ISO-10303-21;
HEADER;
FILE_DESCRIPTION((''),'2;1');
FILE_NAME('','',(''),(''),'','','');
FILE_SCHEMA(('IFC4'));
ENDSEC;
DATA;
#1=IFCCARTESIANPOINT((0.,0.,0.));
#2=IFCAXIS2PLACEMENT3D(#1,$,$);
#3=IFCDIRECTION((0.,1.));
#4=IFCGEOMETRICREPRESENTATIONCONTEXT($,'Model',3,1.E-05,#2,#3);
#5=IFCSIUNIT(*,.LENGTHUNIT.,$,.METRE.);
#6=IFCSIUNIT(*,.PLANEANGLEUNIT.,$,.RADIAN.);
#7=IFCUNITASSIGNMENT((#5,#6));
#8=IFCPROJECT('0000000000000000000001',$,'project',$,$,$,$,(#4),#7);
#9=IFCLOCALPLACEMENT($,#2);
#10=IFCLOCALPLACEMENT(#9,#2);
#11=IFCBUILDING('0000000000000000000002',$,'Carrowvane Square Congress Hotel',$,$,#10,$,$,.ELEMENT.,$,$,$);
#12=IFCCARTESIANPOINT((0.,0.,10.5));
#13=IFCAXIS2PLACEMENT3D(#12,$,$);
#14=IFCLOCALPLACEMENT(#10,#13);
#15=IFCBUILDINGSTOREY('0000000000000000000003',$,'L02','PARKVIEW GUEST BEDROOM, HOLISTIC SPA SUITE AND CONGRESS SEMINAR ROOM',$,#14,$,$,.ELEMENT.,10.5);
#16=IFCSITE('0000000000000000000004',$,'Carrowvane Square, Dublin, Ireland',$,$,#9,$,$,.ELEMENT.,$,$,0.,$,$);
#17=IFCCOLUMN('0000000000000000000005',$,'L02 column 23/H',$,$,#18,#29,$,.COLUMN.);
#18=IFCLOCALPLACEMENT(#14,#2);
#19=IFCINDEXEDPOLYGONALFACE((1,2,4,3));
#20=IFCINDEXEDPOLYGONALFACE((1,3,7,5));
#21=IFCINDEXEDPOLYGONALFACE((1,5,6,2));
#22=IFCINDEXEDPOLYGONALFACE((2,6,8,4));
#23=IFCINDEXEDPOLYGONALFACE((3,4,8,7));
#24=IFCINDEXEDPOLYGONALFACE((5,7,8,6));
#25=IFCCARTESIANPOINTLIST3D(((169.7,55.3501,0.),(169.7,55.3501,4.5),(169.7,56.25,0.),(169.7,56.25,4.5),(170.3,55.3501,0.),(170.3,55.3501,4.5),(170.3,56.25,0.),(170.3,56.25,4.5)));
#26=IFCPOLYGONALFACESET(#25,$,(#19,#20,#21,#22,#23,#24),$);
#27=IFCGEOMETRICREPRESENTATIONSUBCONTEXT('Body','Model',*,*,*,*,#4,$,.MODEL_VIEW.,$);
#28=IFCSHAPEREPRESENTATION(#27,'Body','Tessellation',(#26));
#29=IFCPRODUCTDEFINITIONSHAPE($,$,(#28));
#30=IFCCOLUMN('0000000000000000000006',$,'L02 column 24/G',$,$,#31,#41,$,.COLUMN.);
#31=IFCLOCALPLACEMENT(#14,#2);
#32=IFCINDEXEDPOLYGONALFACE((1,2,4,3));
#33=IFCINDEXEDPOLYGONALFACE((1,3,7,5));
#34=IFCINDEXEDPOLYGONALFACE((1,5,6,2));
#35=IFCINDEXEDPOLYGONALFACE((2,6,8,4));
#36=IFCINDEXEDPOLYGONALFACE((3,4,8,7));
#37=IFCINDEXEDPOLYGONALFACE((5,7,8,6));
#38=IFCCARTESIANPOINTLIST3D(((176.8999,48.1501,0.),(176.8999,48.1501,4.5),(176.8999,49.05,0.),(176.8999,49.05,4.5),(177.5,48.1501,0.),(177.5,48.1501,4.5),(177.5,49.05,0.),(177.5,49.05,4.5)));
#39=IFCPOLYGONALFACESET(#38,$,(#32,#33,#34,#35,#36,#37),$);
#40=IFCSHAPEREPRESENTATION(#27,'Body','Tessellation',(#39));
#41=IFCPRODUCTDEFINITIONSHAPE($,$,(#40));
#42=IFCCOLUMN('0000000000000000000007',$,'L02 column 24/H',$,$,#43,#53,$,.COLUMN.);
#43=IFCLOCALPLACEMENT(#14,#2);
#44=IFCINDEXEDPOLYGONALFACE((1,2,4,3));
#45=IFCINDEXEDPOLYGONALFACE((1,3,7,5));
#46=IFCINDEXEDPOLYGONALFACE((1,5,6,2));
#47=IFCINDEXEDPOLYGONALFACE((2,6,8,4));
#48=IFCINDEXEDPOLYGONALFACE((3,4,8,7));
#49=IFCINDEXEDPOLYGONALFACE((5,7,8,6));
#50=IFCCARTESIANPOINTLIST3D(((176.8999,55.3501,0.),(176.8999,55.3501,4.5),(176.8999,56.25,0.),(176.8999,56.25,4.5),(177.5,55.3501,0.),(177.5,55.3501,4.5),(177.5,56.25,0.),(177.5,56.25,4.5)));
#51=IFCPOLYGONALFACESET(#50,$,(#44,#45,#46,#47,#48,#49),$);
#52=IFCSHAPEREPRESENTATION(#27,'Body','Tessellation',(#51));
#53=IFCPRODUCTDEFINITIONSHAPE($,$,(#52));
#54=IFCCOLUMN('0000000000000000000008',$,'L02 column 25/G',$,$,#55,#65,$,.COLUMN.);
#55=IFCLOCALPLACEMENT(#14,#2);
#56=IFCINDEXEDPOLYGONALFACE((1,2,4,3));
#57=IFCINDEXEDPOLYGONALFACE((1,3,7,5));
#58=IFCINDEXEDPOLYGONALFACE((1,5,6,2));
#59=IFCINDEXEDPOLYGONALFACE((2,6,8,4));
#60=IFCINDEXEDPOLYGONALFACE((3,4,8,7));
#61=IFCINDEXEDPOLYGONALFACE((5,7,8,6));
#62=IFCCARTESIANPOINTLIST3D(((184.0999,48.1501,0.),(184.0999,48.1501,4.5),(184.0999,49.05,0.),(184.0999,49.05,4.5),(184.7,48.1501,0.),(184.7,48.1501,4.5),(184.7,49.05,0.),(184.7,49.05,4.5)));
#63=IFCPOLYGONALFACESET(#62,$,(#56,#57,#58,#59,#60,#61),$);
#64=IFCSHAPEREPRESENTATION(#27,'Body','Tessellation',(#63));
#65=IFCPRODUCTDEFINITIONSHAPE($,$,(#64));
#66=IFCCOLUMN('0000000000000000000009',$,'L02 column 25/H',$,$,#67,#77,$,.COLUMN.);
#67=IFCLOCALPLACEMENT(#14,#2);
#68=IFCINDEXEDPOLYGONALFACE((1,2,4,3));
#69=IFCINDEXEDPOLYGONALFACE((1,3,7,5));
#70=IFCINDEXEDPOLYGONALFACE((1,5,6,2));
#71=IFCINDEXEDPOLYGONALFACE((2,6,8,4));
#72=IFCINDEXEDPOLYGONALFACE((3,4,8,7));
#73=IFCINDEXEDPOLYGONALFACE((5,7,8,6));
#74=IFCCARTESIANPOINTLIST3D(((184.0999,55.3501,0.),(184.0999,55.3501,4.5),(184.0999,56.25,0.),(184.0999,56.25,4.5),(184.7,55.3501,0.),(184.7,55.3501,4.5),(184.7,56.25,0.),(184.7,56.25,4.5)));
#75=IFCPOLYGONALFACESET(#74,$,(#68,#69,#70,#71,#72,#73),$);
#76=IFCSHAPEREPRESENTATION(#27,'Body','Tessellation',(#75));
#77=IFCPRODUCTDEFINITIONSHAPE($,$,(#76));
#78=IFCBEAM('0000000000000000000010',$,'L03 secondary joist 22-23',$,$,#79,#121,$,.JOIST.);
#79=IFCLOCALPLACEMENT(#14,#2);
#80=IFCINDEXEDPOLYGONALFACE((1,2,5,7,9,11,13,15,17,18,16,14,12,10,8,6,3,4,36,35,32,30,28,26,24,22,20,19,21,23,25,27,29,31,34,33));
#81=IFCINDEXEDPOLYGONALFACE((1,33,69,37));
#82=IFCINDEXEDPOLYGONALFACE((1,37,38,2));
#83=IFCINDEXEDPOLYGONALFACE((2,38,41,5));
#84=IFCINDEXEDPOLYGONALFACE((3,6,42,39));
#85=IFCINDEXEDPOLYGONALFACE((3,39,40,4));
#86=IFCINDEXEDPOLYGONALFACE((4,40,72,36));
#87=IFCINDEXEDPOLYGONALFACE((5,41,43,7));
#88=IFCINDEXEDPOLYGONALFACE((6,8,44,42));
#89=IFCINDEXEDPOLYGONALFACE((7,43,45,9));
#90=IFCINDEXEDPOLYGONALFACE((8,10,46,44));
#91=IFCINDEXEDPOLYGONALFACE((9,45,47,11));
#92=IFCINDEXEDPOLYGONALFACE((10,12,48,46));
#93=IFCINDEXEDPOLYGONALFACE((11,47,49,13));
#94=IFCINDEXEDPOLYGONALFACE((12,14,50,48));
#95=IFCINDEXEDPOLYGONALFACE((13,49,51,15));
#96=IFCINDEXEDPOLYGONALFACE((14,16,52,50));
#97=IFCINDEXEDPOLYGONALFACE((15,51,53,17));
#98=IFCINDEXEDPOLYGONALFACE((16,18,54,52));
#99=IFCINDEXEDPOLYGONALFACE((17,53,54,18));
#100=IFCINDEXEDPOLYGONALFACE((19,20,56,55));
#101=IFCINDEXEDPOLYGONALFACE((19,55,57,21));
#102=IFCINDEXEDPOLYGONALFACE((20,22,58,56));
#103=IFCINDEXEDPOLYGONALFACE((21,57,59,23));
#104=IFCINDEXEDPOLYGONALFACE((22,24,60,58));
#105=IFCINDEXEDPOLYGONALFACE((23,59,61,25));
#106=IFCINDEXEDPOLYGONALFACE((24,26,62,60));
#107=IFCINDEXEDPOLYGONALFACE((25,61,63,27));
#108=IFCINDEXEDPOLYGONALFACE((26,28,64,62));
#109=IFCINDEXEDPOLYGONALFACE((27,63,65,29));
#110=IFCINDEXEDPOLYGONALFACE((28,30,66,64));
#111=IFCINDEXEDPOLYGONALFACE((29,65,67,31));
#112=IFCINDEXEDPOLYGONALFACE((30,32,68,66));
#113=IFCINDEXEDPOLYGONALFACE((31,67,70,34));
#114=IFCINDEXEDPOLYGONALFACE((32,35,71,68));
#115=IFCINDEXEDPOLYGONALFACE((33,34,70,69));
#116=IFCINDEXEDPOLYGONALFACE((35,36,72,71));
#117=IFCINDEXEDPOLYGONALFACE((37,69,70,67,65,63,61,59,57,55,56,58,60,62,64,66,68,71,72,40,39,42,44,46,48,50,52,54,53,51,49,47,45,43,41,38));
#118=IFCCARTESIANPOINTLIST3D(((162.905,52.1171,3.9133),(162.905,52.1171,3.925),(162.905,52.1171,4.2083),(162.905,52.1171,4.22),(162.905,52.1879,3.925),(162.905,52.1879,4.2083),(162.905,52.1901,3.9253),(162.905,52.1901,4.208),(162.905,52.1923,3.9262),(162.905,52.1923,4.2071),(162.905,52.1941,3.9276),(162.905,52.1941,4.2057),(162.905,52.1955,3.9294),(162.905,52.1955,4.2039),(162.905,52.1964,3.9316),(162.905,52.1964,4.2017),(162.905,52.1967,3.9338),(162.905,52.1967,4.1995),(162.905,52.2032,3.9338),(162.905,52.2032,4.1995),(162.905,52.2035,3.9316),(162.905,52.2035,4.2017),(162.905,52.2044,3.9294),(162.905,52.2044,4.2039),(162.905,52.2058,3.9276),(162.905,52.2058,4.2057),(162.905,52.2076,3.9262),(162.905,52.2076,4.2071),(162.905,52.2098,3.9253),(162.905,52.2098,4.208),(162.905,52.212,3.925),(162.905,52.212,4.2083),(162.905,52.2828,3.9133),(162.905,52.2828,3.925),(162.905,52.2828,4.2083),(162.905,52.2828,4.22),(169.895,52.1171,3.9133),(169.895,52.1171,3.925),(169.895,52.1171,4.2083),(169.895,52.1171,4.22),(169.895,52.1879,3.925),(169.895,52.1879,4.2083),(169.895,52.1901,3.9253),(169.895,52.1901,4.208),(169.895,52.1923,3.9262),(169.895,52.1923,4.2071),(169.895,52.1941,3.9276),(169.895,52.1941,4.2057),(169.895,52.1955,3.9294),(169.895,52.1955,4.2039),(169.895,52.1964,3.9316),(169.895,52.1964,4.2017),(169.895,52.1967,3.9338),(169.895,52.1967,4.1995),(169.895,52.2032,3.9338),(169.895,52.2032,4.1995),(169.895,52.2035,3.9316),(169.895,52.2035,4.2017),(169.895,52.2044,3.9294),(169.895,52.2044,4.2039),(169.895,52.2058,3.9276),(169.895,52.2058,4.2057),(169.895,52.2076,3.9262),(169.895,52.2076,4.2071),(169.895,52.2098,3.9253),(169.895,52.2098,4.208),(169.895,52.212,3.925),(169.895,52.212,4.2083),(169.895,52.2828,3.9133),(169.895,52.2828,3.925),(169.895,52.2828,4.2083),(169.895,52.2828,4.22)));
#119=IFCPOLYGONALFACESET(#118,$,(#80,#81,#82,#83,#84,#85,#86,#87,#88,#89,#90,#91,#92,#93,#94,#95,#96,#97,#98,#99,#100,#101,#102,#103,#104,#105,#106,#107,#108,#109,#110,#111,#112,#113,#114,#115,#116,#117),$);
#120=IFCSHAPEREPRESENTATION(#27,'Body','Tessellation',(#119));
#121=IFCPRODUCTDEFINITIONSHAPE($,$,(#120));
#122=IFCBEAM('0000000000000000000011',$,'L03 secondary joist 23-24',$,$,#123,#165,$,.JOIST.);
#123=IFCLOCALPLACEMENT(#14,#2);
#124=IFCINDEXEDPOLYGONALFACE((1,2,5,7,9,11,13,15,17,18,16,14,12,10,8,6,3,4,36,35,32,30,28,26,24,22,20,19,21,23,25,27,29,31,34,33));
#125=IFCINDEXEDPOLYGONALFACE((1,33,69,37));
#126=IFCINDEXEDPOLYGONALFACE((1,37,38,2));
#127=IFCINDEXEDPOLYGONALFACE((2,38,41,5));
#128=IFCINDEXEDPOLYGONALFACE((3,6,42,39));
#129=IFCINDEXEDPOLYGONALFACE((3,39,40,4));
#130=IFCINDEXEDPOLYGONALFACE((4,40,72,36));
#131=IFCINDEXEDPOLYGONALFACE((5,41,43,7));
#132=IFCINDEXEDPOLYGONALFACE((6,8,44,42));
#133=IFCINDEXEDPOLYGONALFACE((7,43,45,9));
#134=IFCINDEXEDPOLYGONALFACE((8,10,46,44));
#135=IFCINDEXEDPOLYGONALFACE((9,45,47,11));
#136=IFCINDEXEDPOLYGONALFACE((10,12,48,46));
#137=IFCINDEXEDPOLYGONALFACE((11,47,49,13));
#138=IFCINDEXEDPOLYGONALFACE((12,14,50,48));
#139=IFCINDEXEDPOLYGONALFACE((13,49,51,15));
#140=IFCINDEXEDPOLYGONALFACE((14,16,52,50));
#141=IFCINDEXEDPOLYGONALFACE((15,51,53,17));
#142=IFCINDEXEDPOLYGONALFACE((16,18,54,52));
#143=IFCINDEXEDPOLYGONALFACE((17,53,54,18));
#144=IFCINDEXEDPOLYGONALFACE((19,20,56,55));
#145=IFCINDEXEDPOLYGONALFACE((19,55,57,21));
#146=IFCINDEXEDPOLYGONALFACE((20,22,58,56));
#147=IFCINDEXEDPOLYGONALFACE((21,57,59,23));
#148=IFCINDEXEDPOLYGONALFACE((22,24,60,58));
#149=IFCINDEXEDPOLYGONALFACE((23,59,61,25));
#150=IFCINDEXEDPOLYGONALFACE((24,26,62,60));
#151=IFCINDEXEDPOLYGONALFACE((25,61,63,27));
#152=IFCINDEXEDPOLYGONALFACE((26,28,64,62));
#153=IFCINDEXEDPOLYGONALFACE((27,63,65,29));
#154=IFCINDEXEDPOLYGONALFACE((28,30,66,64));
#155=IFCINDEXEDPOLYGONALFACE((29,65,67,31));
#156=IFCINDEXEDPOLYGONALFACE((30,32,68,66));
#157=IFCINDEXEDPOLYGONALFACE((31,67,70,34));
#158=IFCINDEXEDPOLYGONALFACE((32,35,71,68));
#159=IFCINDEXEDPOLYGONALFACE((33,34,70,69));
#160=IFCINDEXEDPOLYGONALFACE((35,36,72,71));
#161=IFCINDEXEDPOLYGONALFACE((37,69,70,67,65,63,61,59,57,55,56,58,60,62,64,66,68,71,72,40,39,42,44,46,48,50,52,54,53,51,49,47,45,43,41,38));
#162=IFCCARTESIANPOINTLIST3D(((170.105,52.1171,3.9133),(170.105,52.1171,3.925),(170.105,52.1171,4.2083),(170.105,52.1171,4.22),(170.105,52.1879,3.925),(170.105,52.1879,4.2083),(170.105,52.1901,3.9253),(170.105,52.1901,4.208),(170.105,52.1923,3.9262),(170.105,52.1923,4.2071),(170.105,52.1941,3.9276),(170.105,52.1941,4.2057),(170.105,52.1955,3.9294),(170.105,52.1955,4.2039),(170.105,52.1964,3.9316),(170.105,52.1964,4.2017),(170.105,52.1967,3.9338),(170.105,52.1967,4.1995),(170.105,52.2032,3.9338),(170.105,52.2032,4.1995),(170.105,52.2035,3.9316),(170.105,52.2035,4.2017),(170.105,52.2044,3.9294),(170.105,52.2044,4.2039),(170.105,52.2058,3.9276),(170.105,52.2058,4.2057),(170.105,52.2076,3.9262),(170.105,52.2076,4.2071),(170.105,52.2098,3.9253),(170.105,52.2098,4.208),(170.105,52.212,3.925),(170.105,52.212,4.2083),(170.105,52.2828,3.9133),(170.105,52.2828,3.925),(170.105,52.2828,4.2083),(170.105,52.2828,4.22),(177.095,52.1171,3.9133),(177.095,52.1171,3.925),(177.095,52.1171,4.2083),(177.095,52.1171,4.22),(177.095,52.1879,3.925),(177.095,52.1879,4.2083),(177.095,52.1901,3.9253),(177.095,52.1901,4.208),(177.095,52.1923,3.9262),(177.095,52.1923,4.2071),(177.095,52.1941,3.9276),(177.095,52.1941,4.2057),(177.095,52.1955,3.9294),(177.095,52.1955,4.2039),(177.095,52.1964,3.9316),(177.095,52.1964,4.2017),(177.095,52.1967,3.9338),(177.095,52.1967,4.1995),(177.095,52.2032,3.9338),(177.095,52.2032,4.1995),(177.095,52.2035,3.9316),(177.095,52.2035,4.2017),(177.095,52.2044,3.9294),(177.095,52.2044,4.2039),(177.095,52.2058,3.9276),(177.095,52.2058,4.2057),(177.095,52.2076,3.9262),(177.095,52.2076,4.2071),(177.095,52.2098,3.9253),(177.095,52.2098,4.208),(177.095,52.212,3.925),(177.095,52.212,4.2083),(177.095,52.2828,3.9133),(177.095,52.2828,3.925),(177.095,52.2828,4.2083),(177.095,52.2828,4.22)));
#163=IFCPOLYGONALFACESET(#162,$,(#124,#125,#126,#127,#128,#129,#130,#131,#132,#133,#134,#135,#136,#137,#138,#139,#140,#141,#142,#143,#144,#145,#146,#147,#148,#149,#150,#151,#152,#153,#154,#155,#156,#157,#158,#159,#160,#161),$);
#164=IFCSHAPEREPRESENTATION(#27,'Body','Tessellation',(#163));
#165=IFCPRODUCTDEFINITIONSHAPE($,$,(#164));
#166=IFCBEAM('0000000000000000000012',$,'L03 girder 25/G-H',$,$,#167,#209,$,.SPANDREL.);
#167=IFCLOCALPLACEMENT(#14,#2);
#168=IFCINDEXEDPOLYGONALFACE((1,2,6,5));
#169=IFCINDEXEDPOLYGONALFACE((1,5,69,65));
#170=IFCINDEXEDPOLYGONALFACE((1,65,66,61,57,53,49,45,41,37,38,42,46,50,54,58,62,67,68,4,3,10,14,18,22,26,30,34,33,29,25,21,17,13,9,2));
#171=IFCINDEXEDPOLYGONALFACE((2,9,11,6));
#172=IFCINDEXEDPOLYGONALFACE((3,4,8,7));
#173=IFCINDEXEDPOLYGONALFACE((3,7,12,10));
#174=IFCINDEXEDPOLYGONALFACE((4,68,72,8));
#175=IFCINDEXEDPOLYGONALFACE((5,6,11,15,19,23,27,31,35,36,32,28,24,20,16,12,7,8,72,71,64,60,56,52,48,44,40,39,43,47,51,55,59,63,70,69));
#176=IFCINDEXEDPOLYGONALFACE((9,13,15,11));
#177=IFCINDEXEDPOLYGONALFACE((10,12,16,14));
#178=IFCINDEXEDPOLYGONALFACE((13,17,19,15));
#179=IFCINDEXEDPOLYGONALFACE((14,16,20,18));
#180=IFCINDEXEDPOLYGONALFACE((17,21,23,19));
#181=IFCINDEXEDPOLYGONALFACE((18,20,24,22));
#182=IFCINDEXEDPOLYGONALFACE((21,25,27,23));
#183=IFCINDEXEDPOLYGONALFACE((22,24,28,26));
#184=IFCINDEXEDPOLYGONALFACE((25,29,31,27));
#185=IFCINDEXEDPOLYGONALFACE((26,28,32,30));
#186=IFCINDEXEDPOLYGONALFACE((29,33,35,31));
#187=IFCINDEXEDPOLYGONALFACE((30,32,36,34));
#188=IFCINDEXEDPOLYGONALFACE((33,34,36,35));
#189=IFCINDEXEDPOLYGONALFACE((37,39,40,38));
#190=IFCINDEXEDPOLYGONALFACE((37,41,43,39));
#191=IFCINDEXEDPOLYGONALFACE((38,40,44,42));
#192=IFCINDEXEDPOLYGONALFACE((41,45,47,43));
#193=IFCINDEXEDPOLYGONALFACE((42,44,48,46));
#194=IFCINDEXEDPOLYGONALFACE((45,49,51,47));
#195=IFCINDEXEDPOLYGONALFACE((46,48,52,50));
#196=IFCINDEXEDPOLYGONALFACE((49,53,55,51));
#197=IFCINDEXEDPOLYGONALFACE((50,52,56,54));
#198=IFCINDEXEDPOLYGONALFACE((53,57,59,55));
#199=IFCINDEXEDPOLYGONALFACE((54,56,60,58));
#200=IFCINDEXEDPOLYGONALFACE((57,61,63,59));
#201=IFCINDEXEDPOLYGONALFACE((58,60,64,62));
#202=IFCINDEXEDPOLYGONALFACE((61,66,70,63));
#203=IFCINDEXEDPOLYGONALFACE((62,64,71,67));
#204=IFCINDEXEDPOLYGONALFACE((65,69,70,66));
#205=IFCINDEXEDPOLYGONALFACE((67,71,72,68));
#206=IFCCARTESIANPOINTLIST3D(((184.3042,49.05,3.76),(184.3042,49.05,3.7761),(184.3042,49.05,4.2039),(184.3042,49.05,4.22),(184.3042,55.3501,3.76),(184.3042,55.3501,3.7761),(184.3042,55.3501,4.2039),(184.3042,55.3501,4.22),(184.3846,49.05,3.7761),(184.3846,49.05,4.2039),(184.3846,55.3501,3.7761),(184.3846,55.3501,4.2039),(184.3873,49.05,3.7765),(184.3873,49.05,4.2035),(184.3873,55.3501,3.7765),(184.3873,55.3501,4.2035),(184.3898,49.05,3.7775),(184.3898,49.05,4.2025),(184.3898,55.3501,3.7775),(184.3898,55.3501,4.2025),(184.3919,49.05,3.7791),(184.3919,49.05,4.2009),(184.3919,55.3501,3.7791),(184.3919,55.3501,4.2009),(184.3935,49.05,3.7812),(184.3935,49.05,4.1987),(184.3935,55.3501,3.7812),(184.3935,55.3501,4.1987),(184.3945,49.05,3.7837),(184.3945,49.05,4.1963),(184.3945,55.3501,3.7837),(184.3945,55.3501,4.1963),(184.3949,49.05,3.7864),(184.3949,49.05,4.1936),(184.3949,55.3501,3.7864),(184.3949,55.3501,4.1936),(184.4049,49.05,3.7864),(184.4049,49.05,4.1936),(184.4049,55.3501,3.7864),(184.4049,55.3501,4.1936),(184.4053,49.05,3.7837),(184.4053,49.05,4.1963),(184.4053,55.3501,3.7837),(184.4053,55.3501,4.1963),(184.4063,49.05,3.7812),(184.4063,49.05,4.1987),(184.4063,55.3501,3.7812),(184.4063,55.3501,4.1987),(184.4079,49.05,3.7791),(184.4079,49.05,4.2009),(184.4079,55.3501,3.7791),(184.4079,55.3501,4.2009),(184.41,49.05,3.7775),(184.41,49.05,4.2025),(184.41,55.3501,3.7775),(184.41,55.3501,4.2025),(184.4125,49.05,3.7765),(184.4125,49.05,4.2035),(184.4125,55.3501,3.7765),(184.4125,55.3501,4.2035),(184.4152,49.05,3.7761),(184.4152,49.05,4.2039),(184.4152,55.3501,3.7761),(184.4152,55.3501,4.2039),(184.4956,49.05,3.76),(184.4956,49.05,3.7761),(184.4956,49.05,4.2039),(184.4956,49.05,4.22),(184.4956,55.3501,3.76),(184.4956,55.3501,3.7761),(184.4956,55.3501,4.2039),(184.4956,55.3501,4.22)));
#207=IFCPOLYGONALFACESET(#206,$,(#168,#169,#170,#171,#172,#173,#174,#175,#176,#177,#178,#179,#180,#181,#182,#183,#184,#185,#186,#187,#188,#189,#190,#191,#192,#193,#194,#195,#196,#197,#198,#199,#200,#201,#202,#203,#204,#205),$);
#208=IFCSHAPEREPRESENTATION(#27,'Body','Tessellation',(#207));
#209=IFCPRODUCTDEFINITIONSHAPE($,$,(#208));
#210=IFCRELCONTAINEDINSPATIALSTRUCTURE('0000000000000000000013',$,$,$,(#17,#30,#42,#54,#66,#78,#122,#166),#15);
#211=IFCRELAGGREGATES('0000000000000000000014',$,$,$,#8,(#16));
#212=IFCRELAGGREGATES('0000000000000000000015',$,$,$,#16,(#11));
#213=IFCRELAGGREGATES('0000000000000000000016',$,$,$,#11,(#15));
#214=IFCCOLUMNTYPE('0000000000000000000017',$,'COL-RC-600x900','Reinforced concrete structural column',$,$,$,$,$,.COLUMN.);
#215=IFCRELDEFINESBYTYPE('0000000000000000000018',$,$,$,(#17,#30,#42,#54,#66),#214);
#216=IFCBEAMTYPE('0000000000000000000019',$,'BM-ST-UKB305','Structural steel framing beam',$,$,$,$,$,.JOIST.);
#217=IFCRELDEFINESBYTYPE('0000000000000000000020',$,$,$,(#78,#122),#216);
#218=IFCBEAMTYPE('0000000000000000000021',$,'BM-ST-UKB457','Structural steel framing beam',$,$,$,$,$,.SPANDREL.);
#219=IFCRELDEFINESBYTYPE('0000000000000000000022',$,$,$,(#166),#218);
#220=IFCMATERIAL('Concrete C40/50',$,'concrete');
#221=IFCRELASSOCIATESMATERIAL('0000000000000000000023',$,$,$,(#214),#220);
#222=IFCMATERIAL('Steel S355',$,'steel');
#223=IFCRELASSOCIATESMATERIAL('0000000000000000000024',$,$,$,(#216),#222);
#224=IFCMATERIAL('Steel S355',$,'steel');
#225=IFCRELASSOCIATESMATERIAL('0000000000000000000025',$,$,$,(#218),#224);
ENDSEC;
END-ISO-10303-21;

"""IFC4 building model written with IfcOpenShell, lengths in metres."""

from ifc_helpers import new_model, si_unit, direction, frame, origin, origin_2d, place, context, subcontext, project, spatial, rectangle, i_section, extrude, material, material_profile, profile_set, type_object, element, save


model = new_model("IFC4")

# Units and contexts
model_context = context("Model", 3, precision=1e-05, world=origin(), true_north=direction((0.0, 1.0)))
body_context = subcontext(model_context, "Body", "Model", "MODEL_VIEW")
ifc_project = project(units=[si_unit("LENGTHUNIT", "METRE"), si_unit("PLANEANGLEUNIT", "RADIAN")], contexts=[model_context])

# Site, building, storey
site_placement = place(None, origin())
site = spatial("IfcSite", under=ifc_project, at=site_placement, Name="Carrowvane Square, Dublin, Ireland", CompositionType="ELEMENT", RefElevation=0.0)
building_placement = place(site_placement, origin())
building = spatial("IfcBuilding", under=site, at=building_placement, Name="Carrowvane Square Congress Hotel", CompositionType="ELEMENT")
storey_placement = place(building_placement, frame((0.0, 0.0, 10.5)))
storey = spatial("IfcBuildingStorey", under=building, at=storey_placement, Name="L02", Description="PARKVIEW GUEST BEDROOM, HOLISTIC SPA SUITE AND CONGRESS SEMINAR ROOM", CompositionType="ELEMENT", Elevation=10.5)

# Columns
ifc_material_1 = material(Name="Concrete C40/50", Category="concrete")
ifc_material_profile_1 = material_profile(ifc_material_1, rectangle(XDim=0.6001, YDim=0.8999, at=origin_2d()), Name="RC 600x900")
ifc_profile_set_1 = profile_set([ifc_material_profile_1], Name="Concrete C40/50")
column_type = type_object("IfcColumnType", Name="COL-RC-600x900", Description="Reinforced concrete structural column", PredefinedType="COLUMN", material=ifc_profile_set_1)
for number, where, z_axis, x_axis, name in (
    (1, (170.0, 55.8, 0.0), (0.0, 0.0, 1.0), (1.0, 0.0, 0.0), "L02 column 23/H"),
    (2, (177.2, 48.6001, 0.0), (0.0, 0.0, 1.0), (1.0, 0.0, 0.0), "L02 column 24/G"),
    (3, (177.2, 55.8, 0.0), (0.0, 0.0, 1.0), (1.0, 0.0, 0.0), "L02 column 24/H"),
    (4, (184.3999, 48.6001, 0.0), (0.0, 0.0, 1.0), (1.0, 0.0, 0.0), "L02 column 25/G"),
    (5, (184.3999, 55.8, 0.0), (0.0, 0.0, 1.0), (1.0, 0.0, 0.0), "L02 column 25/H"),
):
    element("IfcColumn", number, at=place(storey_placement, frame(where, z_axis=z_axis, x_axis=x_axis)), inside=storey, type_object=column_type, Name=name, PredefinedType="COLUMN", context=body_context, shape_type="SweptSolid", body=[
        extrude(rectangle(XDim=0.6001, YDim=0.8999, at=origin_2d()), origin(), (0.0, 0.0, 1.0), 4.5),
    ])

# Beams
ifc_material_2 = material(Name="Steel S355", Category="steel")
ifc_material_profile_2 = material_profile(ifc_material_2, i_section(OverallWidth=0.1658, OverallDepth=0.3066, WebThickness=0.0066, FlangeThickness=0.0117, FilletRadius=0.0088, at=origin_2d()), Name="UKB 305x165x46")
ifc_profile_set_2 = profile_set([ifc_material_profile_2], Name="Steel S355")
beam_type_1 = type_object("IfcBeamType", Name="BM-ST-UKB305", Description="Structural steel framing beam", PredefinedType="JOIST", material=ifc_profile_set_2)
for number, where, z_axis, x_axis, name in (
    (6, (162.905, 52.2, 4.0667), (1.0, 0.0, 0.0), (0.0, 1.0, 0.0), "L03 secondary joist 22-23"),
    (7, (170.105, 52.2, 4.0667), (1.0, 0.0, 0.0), (0.0, 1.0, 0.0), "L03 secondary joist 23-24"),
):
    element("IfcBeam", number, at=place(storey_placement, frame(where, z_axis=z_axis, x_axis=x_axis)), inside=storey, type_object=beam_type_1, Name=name, PredefinedType="JOIST", context=body_context, shape_type="SweptSolid", body=[
        extrude(i_section(OverallWidth=0.1658, OverallDepth=0.3066, WebThickness=0.0066, FlangeThickness=0.0117, FilletRadius=0.0088, at=origin_2d()), origin(), (0.0, 0.0, 1.0), 6.99),
    ])
ifc_material_3 = material(Name="Steel S355", Category="steel")
ifc_material_profile_3 = material_profile(ifc_material_3, i_section(OverallWidth=0.1914, OverallDepth=0.46, WebThickness=0.01, FlangeThickness=0.0161, FilletRadius=0.0103, at=origin_2d()), Name="UKB 457x191x82")
ifc_profile_set_3 = profile_set([ifc_material_profile_3], Name="Steel S355")
beam_type_2 = type_object("IfcBeamType", Name="BM-ST-UKB457", Description="Structural steel framing beam", PredefinedType="SPANDREL", material=ifc_profile_set_3)
beam_1_placement = place(storey_placement, frame((184.3999, 49.05, 3.99), z_axis=(0.0, 1.0, 0.0), x_axis=(-1.0, 0.0, 0.0)))
element("IfcBeam", 8, at=beam_1_placement, inside=storey, type_object=beam_type_2, Name="L03 girder 25/G-H", PredefinedType="SPANDREL", context=body_context, shape_type="SweptSolid", body=[
    extrude(i_section(OverallWidth=0.1914, OverallDepth=0.46, WebThickness=0.01, FlangeThickness=0.0161, FilletRadius=0.0103, at=origin_2d()), origin(), (0.0, 0.0, 1.0), 6.3),
])

save(model, "model.ifc")
